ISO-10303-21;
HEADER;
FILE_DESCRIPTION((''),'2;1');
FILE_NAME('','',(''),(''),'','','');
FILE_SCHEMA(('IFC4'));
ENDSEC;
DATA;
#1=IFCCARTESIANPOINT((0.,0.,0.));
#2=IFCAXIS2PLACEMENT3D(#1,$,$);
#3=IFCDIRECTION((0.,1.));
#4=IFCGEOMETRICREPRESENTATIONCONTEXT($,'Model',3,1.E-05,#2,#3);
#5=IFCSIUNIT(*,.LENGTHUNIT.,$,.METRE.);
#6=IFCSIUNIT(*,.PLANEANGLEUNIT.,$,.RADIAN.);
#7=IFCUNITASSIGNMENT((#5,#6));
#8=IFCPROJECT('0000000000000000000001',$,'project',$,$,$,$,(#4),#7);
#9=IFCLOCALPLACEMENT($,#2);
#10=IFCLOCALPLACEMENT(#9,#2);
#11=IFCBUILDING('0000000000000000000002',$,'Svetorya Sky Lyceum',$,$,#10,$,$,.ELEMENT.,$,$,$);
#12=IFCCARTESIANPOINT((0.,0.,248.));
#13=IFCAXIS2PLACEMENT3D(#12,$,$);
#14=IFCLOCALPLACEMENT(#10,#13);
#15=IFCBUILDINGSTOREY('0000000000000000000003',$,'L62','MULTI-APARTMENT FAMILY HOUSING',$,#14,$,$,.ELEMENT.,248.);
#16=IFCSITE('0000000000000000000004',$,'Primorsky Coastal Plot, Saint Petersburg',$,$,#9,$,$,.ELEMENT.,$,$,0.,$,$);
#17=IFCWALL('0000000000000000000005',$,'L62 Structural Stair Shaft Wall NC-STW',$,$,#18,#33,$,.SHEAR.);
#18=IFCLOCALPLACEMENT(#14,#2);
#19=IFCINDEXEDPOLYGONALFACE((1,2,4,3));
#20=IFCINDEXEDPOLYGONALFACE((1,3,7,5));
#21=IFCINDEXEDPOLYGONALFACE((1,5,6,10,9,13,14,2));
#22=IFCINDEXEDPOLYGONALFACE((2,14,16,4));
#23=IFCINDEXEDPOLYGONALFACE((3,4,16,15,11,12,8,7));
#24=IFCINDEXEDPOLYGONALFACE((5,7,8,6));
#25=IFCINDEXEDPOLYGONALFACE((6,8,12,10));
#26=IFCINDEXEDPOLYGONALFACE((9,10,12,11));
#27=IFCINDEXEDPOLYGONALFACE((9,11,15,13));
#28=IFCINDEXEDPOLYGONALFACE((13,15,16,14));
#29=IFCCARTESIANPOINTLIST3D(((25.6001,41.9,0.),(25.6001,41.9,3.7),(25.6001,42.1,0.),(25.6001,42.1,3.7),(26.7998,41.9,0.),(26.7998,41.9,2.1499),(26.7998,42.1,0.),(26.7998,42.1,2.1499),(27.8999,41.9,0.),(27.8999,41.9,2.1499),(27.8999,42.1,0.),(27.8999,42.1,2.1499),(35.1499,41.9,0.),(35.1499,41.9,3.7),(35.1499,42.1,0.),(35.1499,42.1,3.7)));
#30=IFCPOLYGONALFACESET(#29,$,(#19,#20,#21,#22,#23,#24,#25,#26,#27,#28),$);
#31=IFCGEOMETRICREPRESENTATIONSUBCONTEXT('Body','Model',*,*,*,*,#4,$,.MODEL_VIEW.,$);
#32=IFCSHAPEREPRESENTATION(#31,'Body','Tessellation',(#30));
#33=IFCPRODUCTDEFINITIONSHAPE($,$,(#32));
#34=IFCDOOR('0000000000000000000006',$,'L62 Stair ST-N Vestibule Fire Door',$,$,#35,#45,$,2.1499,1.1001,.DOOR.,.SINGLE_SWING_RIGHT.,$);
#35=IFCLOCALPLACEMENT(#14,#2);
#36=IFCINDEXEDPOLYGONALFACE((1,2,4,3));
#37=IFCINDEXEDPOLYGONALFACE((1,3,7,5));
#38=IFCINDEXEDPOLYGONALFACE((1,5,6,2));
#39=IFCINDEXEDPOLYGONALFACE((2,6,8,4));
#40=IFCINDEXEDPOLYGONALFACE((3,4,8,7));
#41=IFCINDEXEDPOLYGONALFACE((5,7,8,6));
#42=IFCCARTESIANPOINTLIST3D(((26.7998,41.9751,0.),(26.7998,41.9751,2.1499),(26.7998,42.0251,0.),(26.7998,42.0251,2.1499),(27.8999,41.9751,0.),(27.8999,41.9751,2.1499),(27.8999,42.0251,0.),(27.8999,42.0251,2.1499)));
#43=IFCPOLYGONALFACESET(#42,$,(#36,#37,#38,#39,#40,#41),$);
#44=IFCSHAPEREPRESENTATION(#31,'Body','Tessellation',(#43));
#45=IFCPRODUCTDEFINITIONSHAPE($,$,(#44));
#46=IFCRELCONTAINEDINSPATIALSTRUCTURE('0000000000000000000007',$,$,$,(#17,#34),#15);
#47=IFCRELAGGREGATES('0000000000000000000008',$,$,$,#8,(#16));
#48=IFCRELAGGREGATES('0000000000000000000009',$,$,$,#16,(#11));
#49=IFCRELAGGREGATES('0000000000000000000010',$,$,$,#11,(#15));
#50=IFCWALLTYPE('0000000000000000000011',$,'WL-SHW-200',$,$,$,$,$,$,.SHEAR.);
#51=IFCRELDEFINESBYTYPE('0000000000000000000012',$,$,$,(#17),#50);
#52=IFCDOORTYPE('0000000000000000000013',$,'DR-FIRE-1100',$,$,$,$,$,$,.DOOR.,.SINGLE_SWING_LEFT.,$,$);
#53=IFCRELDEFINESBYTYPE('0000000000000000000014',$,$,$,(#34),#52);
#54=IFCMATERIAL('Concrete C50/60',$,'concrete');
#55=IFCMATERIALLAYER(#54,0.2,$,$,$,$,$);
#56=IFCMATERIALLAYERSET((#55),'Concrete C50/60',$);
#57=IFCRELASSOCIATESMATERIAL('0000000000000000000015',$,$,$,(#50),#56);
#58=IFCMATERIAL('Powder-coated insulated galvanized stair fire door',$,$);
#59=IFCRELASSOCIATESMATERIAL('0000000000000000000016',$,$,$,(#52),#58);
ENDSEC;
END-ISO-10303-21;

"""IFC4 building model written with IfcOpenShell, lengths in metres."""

from ifc_helpers import new_model, si_unit, direction, frame, frame_2d, origin, place, context, subcontext, project, spatial, rectangle, extrude, material, layer, layer_set, type_object, element, fill, save


model = new_model("IFC4")

# Units and contexts
model_context = context("Model", 3, precision=1e-05, world=origin(), true_north=direction((0.0, 1.0)))
body_context = subcontext(model_context, "Body", "Model", "MODEL_VIEW")
ifc_project = project(units=[si_unit("LENGTHUNIT", "METRE"), si_unit("PLANEANGLEUNIT", "RADIAN")], contexts=[model_context])

# Site, building, storey
site_placement = place(None, origin())
site = spatial("IfcSite", under=ifc_project, at=site_placement, Name="Primorsky Coastal Plot, Saint Petersburg", CompositionType="ELEMENT", RefElevation=0.0)
building_placement = place(site_placement, origin())
building = spatial("IfcBuilding", under=site, at=building_placement, Name="Svetorya Sky Lyceum", CompositionType="ELEMENT")
storey_placement = place(building_placement, frame((0.0, 0.0, 248.0)))
storey = spatial("IfcBuildingStorey", under=building, at=storey_placement, Name="L62", Description="MULTI-APARTMENT FAMILY HOUSING", CompositionType="ELEMENT", Elevation=248.0)

# Shared definitions
ifc_material_1 = material(Name="Concrete C50/60", Category="concrete")

# Wall, opening, door
ifc_layer_1 = layer(ifc_material_1, 0.2)
ifc_layer_set_1 = layer_set([ifc_layer_1], Name="Concrete C50/60")
wall_type_1 = type_object("IfcWallType", Name="WL-SHW-200", PredefinedType="SHEAR", material=ifc_layer_set_1)
wall_1_placement = place(storey_placement, frame((35.1499, 42.0, 0.0), z_axis=(0.0, 0.0, 1.0), x_axis=(-1.0, 0.0, 0.0)))
wall_1 = element("IfcWall", 1, at=wall_1_placement, inside=storey, type_object=wall_type_1, Name="L62 Structural Stair Shaft Wall NC-STW", PredefinedType="SHEAR", context=body_context, shape_type="SweptSolid", body=[
    extrude(rectangle(XDim=9.5498, YDim=0.2, at=frame_2d((4.7749, 0.0))), origin(), (0.0, 0.0, 1.0), 3.7),
])
opening_1_placement = place(wall_1_placement, frame((7.25, 0.0, 0.0)))
opening_1 = element("IfcOpeningElement", 2, at=opening_1_placement, cuts=wall_1, PredefinedType="OPENING", context=body_context, shape_type="SweptSolid", body=[
    extrude(rectangle(XDim=1.1001, YDim=2.1499, at=frame_2d((0.55, 1.075))), frame((0.0, 0.1099, 0.0), z_axis=(0.0, -1.0, 0.0), x_axis=(1.0, 0.0, 0.0)), (0.0, 0.0, 1.0), 0.22),
])
ifc_material_2 = material(Name="Powder-coated insulated galvanized stair fire door")
door_type_1 = type_object("IfcDoorType", Name="DR-FIRE-1100", OperationType="SINGLE_SWING_LEFT", PredefinedType="DOOR", material=ifc_material_2)
door_1_placement = place(opening_1_placement, origin())
door_1 = element("IfcDoor", 3, at=door_1_placement, inside=storey, type_object=door_type_1, Name="L62 Stair ST-N Vestibule Fire Door", OperationType="SINGLE_SWING_RIGHT", OverallHeight=2.1499, OverallWidth=1.1001, PredefinedType="DOOR", context=body_context, shape_type="SweptSolid", body=[
    extrude(rectangle(XDim=1.1001, YDim=2.1499, at=frame_2d((0.55, 1.075))), frame((0.0, 0.0249, 0.0), z_axis=(0.0, -1.0, 0.0), x_axis=(1.0, 0.0, 0.0)), (0.0, 0.0, 1.0), 0.05),
])
fill(opening_1, door_1)

save(model, "model.ifc")
